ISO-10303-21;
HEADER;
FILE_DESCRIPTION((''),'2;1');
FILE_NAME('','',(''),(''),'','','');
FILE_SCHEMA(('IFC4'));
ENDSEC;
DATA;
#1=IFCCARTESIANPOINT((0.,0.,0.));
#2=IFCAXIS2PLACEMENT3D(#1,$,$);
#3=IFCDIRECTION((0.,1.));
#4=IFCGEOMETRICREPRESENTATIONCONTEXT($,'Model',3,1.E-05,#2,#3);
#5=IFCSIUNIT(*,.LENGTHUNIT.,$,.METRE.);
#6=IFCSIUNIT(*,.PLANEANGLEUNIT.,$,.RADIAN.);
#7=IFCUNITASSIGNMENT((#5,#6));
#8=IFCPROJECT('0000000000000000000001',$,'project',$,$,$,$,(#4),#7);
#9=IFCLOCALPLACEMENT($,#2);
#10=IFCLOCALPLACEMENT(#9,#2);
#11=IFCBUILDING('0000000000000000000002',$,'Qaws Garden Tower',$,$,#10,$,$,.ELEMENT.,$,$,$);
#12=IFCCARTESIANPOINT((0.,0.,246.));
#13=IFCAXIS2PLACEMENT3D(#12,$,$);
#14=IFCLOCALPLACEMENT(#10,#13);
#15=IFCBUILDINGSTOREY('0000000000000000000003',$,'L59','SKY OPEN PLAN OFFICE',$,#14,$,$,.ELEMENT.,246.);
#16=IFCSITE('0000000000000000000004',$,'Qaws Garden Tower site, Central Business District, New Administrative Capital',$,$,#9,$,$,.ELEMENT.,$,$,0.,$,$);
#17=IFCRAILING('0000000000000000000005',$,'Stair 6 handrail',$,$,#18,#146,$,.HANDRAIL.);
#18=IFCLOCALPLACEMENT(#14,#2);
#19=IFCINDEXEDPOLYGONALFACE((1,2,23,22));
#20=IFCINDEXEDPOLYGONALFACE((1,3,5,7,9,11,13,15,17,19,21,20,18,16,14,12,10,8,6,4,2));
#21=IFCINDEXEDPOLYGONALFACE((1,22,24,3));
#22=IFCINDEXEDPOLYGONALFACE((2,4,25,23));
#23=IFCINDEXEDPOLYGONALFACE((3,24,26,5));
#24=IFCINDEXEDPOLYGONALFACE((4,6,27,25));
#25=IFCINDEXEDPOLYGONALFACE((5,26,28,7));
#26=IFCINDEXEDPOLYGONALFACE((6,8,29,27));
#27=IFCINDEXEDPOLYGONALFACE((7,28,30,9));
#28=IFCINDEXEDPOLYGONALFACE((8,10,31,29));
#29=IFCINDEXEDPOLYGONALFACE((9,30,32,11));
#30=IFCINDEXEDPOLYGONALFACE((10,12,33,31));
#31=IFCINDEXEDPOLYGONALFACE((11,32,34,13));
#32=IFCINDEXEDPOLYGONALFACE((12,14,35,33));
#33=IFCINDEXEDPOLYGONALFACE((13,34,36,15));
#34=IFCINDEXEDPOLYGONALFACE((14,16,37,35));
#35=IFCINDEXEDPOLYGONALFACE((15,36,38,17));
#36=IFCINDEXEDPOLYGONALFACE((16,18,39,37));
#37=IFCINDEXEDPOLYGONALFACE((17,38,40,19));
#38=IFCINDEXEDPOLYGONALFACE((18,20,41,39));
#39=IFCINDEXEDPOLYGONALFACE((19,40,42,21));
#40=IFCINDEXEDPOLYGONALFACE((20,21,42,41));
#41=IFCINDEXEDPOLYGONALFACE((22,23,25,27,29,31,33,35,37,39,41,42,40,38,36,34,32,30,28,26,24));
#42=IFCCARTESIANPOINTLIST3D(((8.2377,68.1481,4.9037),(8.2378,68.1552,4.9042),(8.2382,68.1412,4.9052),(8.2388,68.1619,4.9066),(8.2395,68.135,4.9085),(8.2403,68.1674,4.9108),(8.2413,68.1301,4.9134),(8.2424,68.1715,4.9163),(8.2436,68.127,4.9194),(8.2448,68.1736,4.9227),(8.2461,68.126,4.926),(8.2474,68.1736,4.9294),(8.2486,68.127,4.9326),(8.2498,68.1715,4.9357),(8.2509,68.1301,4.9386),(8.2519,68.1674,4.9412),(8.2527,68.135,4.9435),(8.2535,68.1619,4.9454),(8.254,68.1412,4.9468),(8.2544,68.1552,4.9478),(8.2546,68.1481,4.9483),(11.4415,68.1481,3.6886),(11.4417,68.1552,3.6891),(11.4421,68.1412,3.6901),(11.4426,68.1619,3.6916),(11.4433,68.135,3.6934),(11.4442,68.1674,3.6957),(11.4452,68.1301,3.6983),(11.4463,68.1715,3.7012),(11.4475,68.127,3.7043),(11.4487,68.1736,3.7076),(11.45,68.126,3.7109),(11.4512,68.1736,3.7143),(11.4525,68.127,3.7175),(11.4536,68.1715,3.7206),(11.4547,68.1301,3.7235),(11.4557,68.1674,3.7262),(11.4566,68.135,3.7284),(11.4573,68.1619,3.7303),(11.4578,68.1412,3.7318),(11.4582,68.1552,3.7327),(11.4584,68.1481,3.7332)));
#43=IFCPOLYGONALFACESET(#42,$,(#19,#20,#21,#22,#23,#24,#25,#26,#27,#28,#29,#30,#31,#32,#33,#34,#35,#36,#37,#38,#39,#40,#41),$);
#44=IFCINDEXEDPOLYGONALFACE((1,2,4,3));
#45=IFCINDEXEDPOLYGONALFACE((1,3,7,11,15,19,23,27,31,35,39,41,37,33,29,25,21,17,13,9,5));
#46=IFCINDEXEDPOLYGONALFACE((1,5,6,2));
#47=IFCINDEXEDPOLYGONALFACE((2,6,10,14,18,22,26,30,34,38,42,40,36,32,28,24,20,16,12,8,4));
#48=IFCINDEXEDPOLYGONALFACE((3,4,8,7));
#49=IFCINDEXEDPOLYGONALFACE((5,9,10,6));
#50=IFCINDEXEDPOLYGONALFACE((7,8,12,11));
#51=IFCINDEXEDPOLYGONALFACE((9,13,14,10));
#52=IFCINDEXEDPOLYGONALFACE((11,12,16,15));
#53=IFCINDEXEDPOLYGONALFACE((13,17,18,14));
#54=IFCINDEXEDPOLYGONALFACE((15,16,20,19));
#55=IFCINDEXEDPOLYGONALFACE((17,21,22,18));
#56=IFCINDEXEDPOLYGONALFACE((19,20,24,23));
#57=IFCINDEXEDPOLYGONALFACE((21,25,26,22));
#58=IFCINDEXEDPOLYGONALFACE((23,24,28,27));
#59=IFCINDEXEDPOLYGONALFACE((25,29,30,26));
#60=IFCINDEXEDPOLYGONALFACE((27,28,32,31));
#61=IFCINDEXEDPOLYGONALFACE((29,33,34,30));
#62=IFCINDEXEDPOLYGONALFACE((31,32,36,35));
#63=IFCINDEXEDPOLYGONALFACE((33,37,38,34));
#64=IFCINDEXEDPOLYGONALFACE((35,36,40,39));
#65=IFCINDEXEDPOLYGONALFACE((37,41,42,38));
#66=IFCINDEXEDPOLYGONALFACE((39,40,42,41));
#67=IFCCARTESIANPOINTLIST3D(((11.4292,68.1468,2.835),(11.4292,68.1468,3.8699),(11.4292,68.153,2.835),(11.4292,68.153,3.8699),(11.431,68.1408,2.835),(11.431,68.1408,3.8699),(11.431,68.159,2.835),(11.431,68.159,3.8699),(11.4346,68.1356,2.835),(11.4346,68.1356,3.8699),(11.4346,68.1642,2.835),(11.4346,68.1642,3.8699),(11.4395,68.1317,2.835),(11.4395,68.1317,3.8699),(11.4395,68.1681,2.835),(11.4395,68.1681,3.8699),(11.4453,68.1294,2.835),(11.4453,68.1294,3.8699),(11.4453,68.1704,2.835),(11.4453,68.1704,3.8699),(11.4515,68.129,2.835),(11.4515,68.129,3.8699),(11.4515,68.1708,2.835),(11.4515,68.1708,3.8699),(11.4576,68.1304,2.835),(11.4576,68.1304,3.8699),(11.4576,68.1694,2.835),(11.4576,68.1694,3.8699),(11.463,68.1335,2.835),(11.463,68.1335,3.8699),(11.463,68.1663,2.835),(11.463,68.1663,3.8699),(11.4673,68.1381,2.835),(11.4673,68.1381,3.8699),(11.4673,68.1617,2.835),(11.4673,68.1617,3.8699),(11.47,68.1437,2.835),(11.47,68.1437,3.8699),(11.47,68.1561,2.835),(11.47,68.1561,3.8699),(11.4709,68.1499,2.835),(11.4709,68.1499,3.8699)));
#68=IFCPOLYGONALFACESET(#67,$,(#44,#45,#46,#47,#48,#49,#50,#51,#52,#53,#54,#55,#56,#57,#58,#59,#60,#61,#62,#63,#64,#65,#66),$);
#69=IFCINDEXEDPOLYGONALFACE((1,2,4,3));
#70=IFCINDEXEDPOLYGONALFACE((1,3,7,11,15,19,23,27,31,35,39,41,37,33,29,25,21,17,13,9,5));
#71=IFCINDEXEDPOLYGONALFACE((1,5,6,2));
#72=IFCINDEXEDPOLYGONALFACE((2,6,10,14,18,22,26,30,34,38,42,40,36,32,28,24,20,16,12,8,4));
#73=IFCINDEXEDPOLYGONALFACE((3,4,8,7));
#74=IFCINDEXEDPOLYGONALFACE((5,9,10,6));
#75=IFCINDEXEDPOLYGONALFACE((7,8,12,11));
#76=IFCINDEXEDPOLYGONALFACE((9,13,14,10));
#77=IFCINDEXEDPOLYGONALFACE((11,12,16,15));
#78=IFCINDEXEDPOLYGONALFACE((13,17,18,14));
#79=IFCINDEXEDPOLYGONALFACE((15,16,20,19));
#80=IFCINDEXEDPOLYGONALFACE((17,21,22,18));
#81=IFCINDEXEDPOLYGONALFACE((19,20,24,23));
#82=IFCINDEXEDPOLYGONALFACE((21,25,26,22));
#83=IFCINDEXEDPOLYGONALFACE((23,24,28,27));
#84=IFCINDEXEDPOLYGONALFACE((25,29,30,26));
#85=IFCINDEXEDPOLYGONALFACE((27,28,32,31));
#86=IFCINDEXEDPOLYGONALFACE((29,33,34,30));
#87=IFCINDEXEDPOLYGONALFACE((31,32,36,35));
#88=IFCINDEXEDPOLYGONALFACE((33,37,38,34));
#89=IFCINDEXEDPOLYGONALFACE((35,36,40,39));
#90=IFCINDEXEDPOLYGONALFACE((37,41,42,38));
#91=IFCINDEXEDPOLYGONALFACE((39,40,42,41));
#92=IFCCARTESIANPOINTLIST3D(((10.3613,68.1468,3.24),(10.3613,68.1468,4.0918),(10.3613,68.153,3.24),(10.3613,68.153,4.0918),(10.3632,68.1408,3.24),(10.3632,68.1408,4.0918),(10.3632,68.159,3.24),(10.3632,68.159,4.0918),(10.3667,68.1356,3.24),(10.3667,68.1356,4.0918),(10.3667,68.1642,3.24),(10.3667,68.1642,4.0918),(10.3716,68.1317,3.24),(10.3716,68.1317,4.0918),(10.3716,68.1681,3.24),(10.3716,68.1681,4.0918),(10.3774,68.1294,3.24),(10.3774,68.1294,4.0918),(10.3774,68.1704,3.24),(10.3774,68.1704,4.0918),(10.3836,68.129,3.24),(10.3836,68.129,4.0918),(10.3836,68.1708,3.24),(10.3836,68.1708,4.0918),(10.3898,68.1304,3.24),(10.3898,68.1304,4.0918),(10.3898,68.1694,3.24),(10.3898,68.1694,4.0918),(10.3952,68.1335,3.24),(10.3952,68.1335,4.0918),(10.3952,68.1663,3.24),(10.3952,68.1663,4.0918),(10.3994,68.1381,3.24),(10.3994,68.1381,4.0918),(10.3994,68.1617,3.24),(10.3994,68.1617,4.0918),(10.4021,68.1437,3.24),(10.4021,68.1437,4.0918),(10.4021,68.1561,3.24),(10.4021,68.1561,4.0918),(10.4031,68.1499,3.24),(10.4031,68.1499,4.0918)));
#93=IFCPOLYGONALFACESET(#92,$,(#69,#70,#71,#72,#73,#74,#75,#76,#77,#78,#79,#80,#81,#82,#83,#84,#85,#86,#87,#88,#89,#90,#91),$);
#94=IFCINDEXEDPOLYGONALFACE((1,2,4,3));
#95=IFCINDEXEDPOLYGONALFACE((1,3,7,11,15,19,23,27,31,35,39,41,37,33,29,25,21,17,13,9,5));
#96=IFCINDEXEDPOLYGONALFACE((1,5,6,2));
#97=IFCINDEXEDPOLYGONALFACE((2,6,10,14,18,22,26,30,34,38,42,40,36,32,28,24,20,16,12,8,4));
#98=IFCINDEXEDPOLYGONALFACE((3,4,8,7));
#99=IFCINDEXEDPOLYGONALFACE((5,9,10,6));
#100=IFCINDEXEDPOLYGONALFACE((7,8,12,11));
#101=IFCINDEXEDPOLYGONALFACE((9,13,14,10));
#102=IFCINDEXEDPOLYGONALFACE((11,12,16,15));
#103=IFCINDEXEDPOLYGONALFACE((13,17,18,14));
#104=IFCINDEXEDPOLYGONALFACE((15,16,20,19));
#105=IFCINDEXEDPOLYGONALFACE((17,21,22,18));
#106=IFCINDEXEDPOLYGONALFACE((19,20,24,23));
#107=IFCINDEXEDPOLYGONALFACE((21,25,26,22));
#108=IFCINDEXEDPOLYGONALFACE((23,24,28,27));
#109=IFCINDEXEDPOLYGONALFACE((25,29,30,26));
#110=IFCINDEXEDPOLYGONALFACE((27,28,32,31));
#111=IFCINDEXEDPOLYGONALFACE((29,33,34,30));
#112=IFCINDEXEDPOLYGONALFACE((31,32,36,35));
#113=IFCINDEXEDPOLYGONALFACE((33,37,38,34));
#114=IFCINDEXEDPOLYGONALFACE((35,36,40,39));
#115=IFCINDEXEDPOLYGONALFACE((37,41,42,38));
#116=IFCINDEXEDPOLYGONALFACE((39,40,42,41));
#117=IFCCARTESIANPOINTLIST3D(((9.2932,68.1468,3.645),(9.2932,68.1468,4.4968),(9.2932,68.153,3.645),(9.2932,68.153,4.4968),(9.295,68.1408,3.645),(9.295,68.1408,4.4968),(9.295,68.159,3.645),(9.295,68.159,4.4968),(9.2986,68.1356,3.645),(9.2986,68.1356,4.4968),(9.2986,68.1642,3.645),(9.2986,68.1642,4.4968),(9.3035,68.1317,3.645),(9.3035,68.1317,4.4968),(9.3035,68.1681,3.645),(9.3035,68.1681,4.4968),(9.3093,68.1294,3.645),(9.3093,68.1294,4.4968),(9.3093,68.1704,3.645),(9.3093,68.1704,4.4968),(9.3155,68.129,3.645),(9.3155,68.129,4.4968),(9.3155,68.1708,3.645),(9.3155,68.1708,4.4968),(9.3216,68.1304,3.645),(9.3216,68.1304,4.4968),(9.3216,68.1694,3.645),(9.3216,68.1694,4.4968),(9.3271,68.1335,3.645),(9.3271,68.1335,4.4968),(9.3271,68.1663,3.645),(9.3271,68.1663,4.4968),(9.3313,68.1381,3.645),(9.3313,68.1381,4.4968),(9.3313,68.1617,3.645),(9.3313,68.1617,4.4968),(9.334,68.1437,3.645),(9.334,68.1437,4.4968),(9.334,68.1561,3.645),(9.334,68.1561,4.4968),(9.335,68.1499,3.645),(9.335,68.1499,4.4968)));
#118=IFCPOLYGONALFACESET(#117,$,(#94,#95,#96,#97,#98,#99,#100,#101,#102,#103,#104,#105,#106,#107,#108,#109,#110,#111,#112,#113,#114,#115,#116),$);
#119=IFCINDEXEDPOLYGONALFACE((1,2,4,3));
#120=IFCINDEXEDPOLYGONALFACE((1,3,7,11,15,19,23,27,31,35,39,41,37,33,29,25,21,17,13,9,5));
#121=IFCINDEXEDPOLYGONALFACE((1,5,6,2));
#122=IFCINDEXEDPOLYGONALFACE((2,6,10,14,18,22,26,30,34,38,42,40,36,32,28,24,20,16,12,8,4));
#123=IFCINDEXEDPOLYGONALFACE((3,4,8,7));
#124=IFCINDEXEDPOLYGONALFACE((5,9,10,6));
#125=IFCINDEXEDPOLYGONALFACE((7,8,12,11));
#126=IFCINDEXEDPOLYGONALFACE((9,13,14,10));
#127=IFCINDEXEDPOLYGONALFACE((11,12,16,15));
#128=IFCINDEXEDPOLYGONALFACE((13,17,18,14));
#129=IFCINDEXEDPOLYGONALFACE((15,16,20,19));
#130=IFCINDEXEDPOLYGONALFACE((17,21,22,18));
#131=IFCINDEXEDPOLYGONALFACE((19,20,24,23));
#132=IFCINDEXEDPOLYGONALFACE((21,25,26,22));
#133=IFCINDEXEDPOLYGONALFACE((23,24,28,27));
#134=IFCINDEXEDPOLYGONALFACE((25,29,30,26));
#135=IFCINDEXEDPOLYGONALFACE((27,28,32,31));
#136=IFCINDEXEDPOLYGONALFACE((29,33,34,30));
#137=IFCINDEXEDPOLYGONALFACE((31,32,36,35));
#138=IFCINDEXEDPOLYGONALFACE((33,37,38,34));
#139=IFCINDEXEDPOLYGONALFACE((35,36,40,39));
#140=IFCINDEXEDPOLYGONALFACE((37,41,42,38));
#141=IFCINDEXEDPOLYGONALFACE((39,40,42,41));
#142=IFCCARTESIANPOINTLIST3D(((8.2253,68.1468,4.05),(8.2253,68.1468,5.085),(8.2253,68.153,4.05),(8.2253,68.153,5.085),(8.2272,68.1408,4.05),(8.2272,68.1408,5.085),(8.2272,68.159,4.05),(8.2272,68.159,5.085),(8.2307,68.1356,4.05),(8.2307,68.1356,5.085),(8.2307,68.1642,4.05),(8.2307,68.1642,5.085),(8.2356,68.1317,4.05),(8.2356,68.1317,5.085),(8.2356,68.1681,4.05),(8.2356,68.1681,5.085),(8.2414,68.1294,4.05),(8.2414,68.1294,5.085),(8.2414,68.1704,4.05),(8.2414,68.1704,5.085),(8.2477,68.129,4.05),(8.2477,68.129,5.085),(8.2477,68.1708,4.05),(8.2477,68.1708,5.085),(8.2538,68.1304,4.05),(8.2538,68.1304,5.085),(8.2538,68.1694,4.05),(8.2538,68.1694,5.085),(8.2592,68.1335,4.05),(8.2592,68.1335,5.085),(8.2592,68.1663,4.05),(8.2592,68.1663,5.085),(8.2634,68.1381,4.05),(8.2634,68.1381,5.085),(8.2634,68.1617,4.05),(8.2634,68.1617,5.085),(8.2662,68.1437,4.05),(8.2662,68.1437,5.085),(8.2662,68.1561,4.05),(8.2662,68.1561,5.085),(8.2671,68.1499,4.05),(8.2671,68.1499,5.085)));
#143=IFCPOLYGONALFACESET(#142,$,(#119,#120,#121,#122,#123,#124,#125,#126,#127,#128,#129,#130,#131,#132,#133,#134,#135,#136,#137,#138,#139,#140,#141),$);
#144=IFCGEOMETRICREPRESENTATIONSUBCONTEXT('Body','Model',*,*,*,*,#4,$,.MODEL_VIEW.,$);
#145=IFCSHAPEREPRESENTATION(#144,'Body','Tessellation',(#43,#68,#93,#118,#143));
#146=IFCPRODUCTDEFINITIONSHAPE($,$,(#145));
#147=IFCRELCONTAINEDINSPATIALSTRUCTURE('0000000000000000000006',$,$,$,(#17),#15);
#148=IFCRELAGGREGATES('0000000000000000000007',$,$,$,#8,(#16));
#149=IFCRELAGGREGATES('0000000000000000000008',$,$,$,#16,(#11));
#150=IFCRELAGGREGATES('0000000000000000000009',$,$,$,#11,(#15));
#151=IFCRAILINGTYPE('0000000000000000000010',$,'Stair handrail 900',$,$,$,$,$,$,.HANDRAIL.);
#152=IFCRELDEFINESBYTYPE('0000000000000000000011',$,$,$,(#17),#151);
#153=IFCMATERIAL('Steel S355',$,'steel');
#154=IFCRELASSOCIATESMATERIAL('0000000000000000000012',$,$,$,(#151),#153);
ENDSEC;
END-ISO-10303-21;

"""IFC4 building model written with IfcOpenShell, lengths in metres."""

from ifc_helpers import new_model, si_unit, direction, frame, origin, origin_2d, place, context, subcontext, project, spatial, circle, extrude, material, type_object, element, save


model = new_model("IFC4")

# Units and contexts
model_context = context("Model", 3, precision=1e-05, world=origin(), true_north=direction((0.0, 1.0)))
body_context = subcontext(model_context, "Body", "Model", "MODEL_VIEW")
ifc_project = project(units=[si_unit("LENGTHUNIT", "METRE"), si_unit("PLANEANGLEUNIT", "RADIAN")], contexts=[model_context])

# Site, building, storey
site_placement = place(None, origin())
site = spatial("IfcSite", under=ifc_project, at=site_placement, Name="Qaws Garden Tower site, Central Business District, New Administrative Capital", CompositionType="ELEMENT", RefElevation=0.0)
building_placement = place(site_placement, origin())
building = spatial("IfcBuilding", under=site, at=building_placement, Name="Qaws Garden Tower", CompositionType="ELEMENT")
storey_placement = place(building_placement, frame((0.0, 0.0, 246.0)))
storey = spatial("IfcBuildingStorey", under=building, at=storey_placement, Name="L59", Description="SKY OPEN PLAN OFFICE", CompositionType="ELEMENT", Elevation=246.0)

# Railing
ifc_material_1 = material(Name="Steel S355", Category="steel")
railing_type = type_object("IfcRailingType", Name="Stair handrail 900", PredefinedType="HANDRAIL", material=ifc_material_1)
railing_1_placement = place(storey_placement, frame((11.45, 68.1499, 2.835)))
element("IfcRailing", 1, at=railing_1_placement, inside=storey, type_object=railing_type, Name="Stair 6 handrail", PredefinedType="HANDRAIL", context=body_context, shape_type="SweptSolid", body=[
    extrude(circle(Radius=0.0239, at=origin_2d()), frame((0.0, 0.0, 0.876), z_axis=(-0.935014, 0.0, 0.354611), x_axis=(0.0, -1.0, 0.0)), (0.0, 0.0, 1.0), 3.4265),
    extrude(circle(Radius=0.021, at=origin_2d()), origin(), (0.0, 0.0, 1.0), 1.0349),
    extrude(circle(Radius=0.021, at=origin_2d()), frame((-1.0679, 0.0, 0.405)), (0.0, 0.0, 1.0), 0.8518),
    extrude(circle(Radius=0.021, at=origin_2d()), frame((-2.136, 0.0, 0.8101)), (0.0, 0.0, 1.0), 0.8518),
    extrude(circle(Radius=0.021, at=origin_2d()), frame((-3.2039, 0.0, 1.2151)), (0.0, 0.0, 1.0), 1.0349),
])

save(model, "model.ifc")
